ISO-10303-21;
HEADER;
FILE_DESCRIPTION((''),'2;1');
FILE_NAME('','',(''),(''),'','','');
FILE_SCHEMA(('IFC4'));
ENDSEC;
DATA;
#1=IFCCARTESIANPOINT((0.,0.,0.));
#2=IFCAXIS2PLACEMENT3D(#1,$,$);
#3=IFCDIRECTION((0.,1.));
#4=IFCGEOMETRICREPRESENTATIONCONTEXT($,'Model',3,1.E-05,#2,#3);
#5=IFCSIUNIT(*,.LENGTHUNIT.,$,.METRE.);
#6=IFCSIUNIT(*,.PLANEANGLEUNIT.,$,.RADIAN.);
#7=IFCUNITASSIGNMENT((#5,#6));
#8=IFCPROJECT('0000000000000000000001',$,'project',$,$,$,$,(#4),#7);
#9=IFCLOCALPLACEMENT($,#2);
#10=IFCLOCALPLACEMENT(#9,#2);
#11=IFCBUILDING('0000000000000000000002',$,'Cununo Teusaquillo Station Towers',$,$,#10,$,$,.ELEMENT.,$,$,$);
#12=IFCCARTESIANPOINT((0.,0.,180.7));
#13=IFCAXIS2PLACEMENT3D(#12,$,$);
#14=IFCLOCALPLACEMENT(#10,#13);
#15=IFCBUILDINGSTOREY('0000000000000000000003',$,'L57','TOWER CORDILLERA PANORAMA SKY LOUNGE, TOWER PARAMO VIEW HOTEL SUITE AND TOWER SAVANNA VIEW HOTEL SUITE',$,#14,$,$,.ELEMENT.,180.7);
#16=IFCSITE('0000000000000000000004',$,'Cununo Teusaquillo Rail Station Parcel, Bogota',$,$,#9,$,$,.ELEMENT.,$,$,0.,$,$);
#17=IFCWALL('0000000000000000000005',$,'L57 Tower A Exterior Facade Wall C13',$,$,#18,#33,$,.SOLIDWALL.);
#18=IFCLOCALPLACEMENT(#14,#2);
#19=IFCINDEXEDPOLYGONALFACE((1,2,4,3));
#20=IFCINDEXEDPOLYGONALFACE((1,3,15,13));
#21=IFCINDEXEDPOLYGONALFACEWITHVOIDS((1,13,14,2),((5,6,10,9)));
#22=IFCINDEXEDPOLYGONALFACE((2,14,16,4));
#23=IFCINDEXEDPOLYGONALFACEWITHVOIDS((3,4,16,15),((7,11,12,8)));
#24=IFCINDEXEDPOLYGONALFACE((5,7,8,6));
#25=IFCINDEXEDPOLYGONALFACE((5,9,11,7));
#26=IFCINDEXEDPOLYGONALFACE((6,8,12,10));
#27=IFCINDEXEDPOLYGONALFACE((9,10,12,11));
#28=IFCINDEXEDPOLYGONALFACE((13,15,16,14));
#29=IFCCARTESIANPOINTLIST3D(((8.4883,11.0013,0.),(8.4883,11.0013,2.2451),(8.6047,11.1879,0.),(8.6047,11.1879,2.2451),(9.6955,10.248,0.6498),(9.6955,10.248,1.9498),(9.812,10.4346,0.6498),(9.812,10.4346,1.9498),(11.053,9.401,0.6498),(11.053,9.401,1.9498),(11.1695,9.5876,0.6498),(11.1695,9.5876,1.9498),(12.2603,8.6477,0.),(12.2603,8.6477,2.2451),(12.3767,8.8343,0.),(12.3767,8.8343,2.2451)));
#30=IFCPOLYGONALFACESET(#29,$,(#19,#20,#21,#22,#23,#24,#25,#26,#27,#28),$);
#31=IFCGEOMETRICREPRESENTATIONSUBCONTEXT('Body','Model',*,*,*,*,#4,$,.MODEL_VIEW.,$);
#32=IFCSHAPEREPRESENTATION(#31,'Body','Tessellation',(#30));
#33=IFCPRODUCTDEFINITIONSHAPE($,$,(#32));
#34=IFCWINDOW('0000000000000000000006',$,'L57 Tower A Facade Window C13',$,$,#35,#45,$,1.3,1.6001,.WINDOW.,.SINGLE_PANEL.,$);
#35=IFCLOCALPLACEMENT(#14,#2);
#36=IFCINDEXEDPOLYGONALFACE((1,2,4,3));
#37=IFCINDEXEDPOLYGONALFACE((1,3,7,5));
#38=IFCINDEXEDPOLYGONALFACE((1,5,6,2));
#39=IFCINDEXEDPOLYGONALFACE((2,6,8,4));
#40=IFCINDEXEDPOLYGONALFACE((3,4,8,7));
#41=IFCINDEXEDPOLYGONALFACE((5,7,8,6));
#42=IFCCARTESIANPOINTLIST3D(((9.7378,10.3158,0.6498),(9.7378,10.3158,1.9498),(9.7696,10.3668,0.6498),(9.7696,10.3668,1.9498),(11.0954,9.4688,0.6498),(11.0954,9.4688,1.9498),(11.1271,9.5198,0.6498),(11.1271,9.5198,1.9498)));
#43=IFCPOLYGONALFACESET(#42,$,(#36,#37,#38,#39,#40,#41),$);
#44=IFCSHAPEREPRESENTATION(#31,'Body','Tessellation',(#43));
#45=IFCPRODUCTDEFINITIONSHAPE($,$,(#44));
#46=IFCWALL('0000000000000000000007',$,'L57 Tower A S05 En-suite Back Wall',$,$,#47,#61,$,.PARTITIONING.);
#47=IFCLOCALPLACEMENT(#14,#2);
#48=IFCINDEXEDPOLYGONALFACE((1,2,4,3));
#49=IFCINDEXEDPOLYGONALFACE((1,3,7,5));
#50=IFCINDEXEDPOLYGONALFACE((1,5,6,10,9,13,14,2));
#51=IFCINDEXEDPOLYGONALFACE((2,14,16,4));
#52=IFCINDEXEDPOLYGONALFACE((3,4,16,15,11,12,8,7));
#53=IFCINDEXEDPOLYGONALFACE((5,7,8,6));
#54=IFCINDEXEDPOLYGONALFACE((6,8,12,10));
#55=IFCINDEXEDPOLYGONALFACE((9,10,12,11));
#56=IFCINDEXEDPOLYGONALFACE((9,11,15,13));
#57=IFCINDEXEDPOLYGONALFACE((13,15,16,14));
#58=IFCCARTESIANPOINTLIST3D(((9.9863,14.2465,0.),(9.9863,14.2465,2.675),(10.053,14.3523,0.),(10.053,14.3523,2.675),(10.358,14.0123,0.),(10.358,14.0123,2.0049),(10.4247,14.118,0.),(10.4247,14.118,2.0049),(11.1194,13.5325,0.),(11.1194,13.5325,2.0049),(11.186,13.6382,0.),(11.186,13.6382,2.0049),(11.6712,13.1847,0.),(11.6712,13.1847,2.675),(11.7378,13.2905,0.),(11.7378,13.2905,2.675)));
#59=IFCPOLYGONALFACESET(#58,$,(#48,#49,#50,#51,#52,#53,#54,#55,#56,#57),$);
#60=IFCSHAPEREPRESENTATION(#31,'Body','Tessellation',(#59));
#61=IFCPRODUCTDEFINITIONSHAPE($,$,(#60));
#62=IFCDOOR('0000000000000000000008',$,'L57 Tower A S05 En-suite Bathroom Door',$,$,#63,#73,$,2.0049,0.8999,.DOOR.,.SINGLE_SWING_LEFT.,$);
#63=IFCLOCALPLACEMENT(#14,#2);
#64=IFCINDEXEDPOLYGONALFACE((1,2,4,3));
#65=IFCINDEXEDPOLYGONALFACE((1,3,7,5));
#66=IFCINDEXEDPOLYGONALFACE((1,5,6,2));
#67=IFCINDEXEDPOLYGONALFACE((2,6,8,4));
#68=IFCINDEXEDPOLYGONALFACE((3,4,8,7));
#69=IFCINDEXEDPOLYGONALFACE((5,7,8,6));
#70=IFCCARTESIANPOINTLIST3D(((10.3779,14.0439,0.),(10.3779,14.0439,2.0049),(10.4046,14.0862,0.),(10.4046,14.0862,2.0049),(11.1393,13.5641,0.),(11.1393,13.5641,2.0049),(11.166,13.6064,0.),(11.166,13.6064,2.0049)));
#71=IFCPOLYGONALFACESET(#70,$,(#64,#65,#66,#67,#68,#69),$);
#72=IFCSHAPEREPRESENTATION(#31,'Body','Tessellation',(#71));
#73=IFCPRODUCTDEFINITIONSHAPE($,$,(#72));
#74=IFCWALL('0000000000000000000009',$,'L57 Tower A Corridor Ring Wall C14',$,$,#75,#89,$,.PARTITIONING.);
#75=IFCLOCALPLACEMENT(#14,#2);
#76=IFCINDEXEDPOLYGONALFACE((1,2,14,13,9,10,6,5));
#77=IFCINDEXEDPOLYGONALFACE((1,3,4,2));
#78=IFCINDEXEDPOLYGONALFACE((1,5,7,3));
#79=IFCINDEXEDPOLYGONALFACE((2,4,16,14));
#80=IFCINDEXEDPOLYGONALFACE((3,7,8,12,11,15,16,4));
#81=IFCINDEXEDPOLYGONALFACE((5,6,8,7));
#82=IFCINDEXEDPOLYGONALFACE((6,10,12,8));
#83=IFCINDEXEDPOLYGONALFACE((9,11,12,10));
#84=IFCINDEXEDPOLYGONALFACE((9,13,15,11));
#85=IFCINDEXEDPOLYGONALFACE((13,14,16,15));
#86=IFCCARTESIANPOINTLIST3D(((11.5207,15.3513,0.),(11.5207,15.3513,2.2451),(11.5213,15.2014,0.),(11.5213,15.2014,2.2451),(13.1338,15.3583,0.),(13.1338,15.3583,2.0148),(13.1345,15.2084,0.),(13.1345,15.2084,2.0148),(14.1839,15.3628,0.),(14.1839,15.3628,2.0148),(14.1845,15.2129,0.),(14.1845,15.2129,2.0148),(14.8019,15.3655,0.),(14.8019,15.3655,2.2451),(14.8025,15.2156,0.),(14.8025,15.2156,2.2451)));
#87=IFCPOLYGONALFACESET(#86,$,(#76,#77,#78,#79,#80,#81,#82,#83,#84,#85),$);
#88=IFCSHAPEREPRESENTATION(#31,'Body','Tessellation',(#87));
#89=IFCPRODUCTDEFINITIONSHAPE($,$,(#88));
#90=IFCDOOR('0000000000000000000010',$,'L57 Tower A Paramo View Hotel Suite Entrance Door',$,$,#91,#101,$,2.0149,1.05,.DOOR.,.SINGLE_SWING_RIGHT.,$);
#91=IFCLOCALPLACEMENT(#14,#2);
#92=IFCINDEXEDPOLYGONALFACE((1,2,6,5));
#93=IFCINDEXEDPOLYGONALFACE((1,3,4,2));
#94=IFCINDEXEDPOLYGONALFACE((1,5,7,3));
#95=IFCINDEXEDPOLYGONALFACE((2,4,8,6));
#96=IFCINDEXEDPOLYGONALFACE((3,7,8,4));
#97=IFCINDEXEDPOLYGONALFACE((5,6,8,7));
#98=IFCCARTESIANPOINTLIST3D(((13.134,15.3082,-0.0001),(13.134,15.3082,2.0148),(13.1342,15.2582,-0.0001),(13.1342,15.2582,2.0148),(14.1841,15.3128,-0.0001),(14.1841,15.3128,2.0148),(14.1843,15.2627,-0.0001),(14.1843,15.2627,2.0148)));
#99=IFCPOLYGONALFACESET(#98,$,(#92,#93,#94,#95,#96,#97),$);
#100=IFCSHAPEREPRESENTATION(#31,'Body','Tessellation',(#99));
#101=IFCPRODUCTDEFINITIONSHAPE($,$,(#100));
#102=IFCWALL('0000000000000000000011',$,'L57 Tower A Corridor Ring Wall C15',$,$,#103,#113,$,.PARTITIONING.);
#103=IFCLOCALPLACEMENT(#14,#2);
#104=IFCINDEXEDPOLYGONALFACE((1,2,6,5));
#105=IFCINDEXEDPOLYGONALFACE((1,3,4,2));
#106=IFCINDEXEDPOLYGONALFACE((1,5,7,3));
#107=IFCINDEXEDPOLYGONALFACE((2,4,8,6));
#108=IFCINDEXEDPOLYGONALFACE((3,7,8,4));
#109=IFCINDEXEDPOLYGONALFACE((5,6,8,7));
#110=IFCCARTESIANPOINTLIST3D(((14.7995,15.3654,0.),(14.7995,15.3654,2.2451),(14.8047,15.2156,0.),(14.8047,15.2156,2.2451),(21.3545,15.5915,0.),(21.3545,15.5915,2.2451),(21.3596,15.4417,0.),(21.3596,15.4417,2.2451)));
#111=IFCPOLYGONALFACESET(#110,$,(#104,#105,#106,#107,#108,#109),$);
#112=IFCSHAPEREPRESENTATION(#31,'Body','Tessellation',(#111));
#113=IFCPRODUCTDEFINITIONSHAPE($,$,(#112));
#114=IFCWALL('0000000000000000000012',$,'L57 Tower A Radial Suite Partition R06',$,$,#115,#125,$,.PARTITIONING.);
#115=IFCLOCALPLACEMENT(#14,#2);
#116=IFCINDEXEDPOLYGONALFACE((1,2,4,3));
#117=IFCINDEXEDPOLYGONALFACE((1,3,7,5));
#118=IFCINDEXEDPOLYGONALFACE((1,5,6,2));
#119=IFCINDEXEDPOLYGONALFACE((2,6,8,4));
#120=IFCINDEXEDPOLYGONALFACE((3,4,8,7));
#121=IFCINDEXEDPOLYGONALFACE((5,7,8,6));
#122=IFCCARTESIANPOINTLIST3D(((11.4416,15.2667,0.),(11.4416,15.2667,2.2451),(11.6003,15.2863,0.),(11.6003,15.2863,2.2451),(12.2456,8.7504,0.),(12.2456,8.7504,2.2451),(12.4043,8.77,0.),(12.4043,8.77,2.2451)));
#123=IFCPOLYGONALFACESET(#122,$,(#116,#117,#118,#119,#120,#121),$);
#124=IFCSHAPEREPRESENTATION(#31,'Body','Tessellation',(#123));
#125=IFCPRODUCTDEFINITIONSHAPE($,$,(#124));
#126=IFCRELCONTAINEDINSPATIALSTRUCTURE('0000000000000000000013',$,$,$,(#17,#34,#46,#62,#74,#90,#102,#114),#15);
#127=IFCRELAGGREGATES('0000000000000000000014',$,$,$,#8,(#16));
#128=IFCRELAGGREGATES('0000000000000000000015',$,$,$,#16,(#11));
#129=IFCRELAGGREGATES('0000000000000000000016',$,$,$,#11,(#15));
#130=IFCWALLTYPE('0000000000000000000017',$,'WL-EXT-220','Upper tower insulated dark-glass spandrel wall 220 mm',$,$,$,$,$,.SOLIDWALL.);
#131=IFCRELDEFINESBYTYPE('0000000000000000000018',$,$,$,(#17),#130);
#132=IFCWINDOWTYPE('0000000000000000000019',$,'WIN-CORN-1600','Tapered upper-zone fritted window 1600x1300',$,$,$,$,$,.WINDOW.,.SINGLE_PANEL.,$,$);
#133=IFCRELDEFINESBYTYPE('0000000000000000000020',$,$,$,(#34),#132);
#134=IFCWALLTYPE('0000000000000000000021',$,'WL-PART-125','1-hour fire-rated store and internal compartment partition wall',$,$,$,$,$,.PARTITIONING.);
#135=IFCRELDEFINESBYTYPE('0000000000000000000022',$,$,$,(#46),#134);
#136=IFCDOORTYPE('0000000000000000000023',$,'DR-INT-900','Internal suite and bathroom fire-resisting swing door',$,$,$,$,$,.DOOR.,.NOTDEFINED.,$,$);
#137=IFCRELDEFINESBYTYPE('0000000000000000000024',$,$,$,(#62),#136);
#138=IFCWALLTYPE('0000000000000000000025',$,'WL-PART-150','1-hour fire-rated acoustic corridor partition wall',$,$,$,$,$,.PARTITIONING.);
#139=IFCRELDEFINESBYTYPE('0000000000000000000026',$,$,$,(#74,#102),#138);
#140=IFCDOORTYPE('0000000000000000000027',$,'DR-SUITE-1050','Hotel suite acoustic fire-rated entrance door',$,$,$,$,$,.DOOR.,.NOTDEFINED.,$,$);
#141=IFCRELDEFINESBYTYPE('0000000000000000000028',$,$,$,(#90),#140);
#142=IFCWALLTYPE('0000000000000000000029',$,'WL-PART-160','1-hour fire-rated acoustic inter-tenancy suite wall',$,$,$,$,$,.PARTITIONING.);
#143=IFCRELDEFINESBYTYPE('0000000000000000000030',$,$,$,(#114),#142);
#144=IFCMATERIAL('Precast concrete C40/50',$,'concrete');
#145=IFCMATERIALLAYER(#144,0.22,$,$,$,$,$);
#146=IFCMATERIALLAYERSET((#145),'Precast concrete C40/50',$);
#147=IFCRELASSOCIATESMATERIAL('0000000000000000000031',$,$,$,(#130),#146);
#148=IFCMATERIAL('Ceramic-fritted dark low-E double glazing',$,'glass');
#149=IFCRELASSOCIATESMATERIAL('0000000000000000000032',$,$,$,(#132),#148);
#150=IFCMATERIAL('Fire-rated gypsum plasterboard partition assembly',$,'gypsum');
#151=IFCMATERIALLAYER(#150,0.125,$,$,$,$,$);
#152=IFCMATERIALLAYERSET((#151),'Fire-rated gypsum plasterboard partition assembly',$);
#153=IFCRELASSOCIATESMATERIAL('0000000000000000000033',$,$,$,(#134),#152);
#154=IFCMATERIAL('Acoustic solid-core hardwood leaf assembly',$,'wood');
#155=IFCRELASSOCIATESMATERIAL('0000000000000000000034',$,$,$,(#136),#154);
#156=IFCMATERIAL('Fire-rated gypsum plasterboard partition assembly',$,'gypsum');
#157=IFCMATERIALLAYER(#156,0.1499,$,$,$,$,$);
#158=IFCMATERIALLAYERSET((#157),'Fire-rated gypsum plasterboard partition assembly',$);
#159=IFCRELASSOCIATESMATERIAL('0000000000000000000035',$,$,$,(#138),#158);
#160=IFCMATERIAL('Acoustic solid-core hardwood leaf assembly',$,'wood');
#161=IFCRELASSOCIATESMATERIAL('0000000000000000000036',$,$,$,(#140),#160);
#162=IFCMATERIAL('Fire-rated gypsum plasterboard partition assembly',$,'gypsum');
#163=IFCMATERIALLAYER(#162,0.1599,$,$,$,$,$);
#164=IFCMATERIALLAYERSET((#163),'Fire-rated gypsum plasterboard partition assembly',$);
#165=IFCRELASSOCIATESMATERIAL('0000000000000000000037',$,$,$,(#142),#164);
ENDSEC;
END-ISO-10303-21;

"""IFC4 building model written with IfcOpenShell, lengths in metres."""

from ifc_helpers import new_model, si_unit, direction, frame, frame_2d, origin, place, context, subcontext, project, spatial, rectangle, extrude, source, transform, mapped, material, layer, layer_set, type_object, element, fill, save


model = new_model("IFC4")

# Units and contexts
model_context = context("Model", 3, precision=1e-05, world=origin(), true_north=direction((0.0, 1.0)))
body_context = subcontext(model_context, "Body", "Model", "MODEL_VIEW")
ifc_project = project(units=[si_unit("LENGTHUNIT", "METRE"), si_unit("PLANEANGLEUNIT", "RADIAN")], contexts=[model_context])

# Site, building, storey
site_placement = place(None, origin())
site = spatial("IfcSite", under=ifc_project, at=site_placement, Name="Cununo Teusaquillo Rail Station Parcel, Bogota", CompositionType="ELEMENT", RefElevation=0.0)
building_placement = place(site_placement, origin())
building = spatial("IfcBuilding", under=site, at=building_placement, Name="Cununo Teusaquillo Station Towers", CompositionType="ELEMENT")
storey_placement = place(building_placement, frame((0.0, 0.0, 180.7)))
storey = spatial("IfcBuildingStorey", under=building, at=storey_placement, Name="L57", Description="TOWER CORDILLERA PANORAMA SKY LOUNGE, TOWER PARAMO VIEW HOTEL SUITE AND TOWER SAVANNA VIEW HOTEL SUITE", CompositionType="ELEMENT", Elevation=180.7)

# Shared definitions
ifc_material_1 = material(Name="Precast concrete C40/50", Category="concrete")
ifc_layer_1 = layer(ifc_material_1, 0.22)
ifc_layer_set_1 = layer_set([ifc_layer_1], Name="Precast concrete C40/50")
wall_type_1 = type_object("IfcWallType", Name="WL-EXT-220", Description="Upper tower insulated dark-glass spandrel wall 220 mm", PredefinedType="SOLIDWALL", material=ifc_layer_set_1)
shared_shape_1 = source(origin(), body_context, "Body", "SweptSolid", [
    extrude(rectangle(XDim=1.6001, YDim=1.3, at=frame_2d((0.8, 0.6499))), frame((0.0, 0.1199, 0.0), z_axis=(0.0, -1.0, 0.0), x_axis=(1.0, 0.0, 0.0)), (0.0, 0.0, 1.0), 0.24),
])
ifc_material_2 = material(Name="Ceramic-fritted dark low-E double glazing", Category="glass")
window_type = type_object("IfcWindowType", Name="WIN-CORN-1600", Description="Tapered upper-zone fritted window 1600x1300", PartitioningType="SINGLE_PANEL", PredefinedType="WINDOW", material=ifc_material_2)
shared_shape_2 = source(origin(), body_context, "Body", "SweptSolid", [
    extrude(rectangle(XDim=1.6001, YDim=1.3, at=frame_2d((0.8, 0.6499))), frame((0.0, 0.03, 0.0), z_axis=(0.0, -1.0, 0.0), x_axis=(1.0, 0.0, 0.0)), (0.0, 0.0, 1.0), 0.0601),
])

# Wall, opening, window
wall_1_placement = place(storey_placement, frame((12.3186, 8.741, 0.0), z_axis=(0.0, 0.0, 1.0), x_axis=(-0.848399, 0.529357, 0.0)))
wall_1 = element("IfcWall", 1, at=wall_1_placement, inside=storey, type_object=wall_type_1, Name="L57 Tower A Exterior Facade Wall C13", PredefinedType="SOLIDWALL", context=body_context, shape_type="SweptSolid", body=[
    extrude(rectangle(XDim=4.446, YDim=0.22, at=frame_2d((2.2231, 0.0))), origin(), (0.0, 0.0, 1.0), 2.2451),
])
opening_1_placement = place(wall_1_placement, frame((1.4231, 0.0, 0.6499)))
opening_1 = element("IfcOpeningElement", 2, at=opening_1_placement, cuts=wall_1, PredefinedType="OPENING", context=body_context, shape_type="MappedRepresentation", body=[
    mapped(shared_shape_1, transform((0.0, 0.0, 0.0), x_axis=(1.0, 0.0, 0.0), y_axis=(0.0, 1.0, 0.0), z_axis=(0.0, 0.0, 1.0), scale=1.0)),
])
window_1_placement = place(opening_1_placement, origin())
window_1 = element("IfcWindow", 3, at=window_1_placement, inside=storey, type_object=window_type, Name="L57 Tower A Facade Window C13", OverallHeight=1.3, OverallWidth=1.6001, PartitioningType="SINGLE_PANEL", PredefinedType="WINDOW", context=body_context, shape_type="MappedRepresentation", body=[
    mapped(shared_shape_2, transform((0.0, 0.0, 0.0), x_axis=(1.0, 0.0, 0.0), y_axis=(0.0, 1.0, 0.0), z_axis=(0.0, 0.0, 1.0), scale=1.0)),
])
fill(opening_1, window_1)

# Walls, openings, doors
ifc_material_3 = material(Name="Fire-rated gypsum plasterboard partition assembly", Category="gypsum")
ifc_layer_2 = layer(ifc_material_3, 0.125)
ifc_layer_set_2 = layer_set([ifc_layer_2], Name="Fire-rated gypsum plasterboard partition assembly")
wall_type_2 = type_object("IfcWallType", Name="WL-PART-125", Description="1-hour fire-rated store and internal compartment partition wall", PredefinedType="PARTITIONING", material=ifc_layer_set_2)
wall_2_placement = place(storey_placement, frame((10.0198, 14.2993, 0.0), z_axis=(0.0, 0.0, 1.0), x_axis=(0.846016, -0.533158, 0.0)))
wall_2 = element("IfcWall", 4, at=wall_2_placement, inside=storey, type_object=wall_type_2, Name="L57 Tower A S05 En-suite Back Wall", PredefinedType="PARTITIONING", context=body_context, shape_type="SweptSolid", body=[
    extrude(rectangle(XDim=1.9915, YDim=0.125, at=frame_2d((0.9956, 0.0))), origin(), (0.0, 0.0, 1.0), 2.675),
])
shared_shape_3 = source(origin(), body_context, "Body", "SweptSolid", [
    extrude(rectangle(XDim=0.8999, YDim=2.0049, at=frame_2d((0.45, 1.0024))), frame((0.0, 0.0725, 0.0), z_axis=(0.0, -1.0, 0.0), x_axis=(1.0, 0.0, 0.0)), (0.0, 0.0, 1.0), 0.145),
])
opening_2_placement = place(wall_2_placement, frame((0.4392, 0.0, 0.0)))
opening_2 = element("IfcOpeningElement", 5, at=opening_2_placement, cuts=wall_2, PredefinedType="OPENING", context=body_context, shape_type="MappedRepresentation", body=[
    mapped(shared_shape_3, transform((0.0, 0.0, 0.0), x_axis=(1.0, 0.0, 0.0), y_axis=(0.0, 1.0, 0.0), z_axis=(0.0, 0.0, 1.0), scale=1.0)),
])
ifc_material_4 = material(Name="Acoustic solid-core hardwood leaf assembly", Category="wood")
door_type_1 = type_object("IfcDoorType", Name="DR-INT-900", Description="Internal suite and bathroom fire-resisting swing door", OperationType="NOTDEFINED", PredefinedType="DOOR", material=ifc_material_4)
shared_shape_4 = source(origin(), body_context, "Body", "SweptSolid", [
    extrude(rectangle(XDim=0.8999, YDim=2.0049, at=frame_2d((0.45, 1.0024))), frame((0.0, 0.0249, 0.0), z_axis=(0.0, -1.0, 0.0), x_axis=(1.0, 0.0, 0.0)), (0.0, 0.0, 1.0), 0.05),
])
door_1_placement = place(opening_2_placement, origin())
door_1 = element("IfcDoor", 6, at=door_1_placement, inside=storey, type_object=door_type_1, Name="L57 Tower A S05 En-suite Bathroom Door", OperationType="SINGLE_SWING_LEFT", OverallHeight=2.0049, OverallWidth=0.8999, PredefinedType="DOOR", context=body_context, shape_type="MappedRepresentation", body=[
    mapped(shared_shape_4, transform((0.0, 0.0, 0.0), x_axis=(1.0, 0.0, 0.0), y_axis=(0.0, 1.0, 0.0), z_axis=(0.0, 0.0, 1.0), scale=1.0)),
])
fill(opening_2, door_1)
ifc_material_5 = material(Name="Fire-rated gypsum plasterboard partition assembly", Category="gypsum")
ifc_layer_3 = layer(ifc_material_5, 0.1499)
ifc_layer_set_3 = layer_set([ifc_layer_3], Name="Fire-rated gypsum plasterboard partition assembly")
wall_type_3 = type_object("IfcWallType", Name="WL-PART-150", Description="1-hour fire-rated acoustic corridor partition wall", PredefinedType="PARTITIONING", material=ifc_layer_set_3)
wall_3_placement = place(storey_placement, frame((11.521, 15.2764, 0.0), z_axis=(0.0, 0.0, 1.0), x_axis=(0.999991, 0.004315, 0.0)))
wall_3 = element("IfcWall", 7, at=wall_3_placement, inside=storey, type_object=wall_type_3, Name="L57 Tower A Corridor Ring Wall C14", PredefinedType="PARTITIONING", context=body_context, shape_type="SweptSolid", body=[
    extrude(rectangle(XDim=3.2812, YDim=0.1499, at=frame_2d((1.6406, 0.0))), origin(), (0.0, 0.0, 1.0), 2.2451),
])
shared_shape_5 = source(origin(), body_context, "Body", "SweptSolid", [
    extrude(rectangle(XDim=1.05, YDim=2.0149, at=frame_2d((0.5249, 1.0073))), frame((0.0, 0.085, 0.0), z_axis=(0.0, -1.0, 0.0), x_axis=(1.0, 0.0, 0.0)), (0.0, 0.0, 1.0), 0.1699),
])
opening_3_placement = place(wall_3_placement, frame((1.6133, 0.0, 0.0)))
opening_3 = element("IfcOpeningElement", 8, at=opening_3_placement, cuts=wall_3, PredefinedType="OPENING", context=body_context, shape_type="MappedRepresentation", body=[
    mapped(shared_shape_5, transform((0.0, 0.0, 0.0), x_axis=(1.0, 0.0, 0.0), y_axis=(0.0, 1.0, 0.0), z_axis=(0.0, 0.0, 1.0), scale=1.0)),
])
ifc_material_6 = material(Name="Acoustic solid-core hardwood leaf assembly", Category="wood")
door_type_2 = type_object("IfcDoorType", Name="DR-SUITE-1050", Description="Hotel suite acoustic fire-rated entrance door", OperationType="NOTDEFINED", PredefinedType="DOOR", material=ifc_material_6)
shared_shape_6 = source(origin(), body_context, "Body", "SweptSolid", [
    extrude(rectangle(XDim=1.05, YDim=2.0149, at=frame_2d((0.5249, 1.0073))), frame((0.0, 0.0249, 0.0), z_axis=(0.0, -1.0, 0.0), x_axis=(1.0, 0.0, 0.0)), (0.0, 0.0, 1.0), 0.05),
])
door_2_placement = place(opening_3_placement, origin())
door_2 = element("IfcDoor", 9, at=door_2_placement, inside=storey, type_object=door_type_2, Name="L57 Tower A Paramo View Hotel Suite Entrance Door", OperationType="SINGLE_SWING_RIGHT", OverallHeight=2.0149, OverallWidth=1.05, PredefinedType="DOOR", context=body_context, shape_type="MappedRepresentation", body=[
    mapped(shared_shape_6, transform((0.0, 0.0, 0.0), x_axis=(1.0, 0.0, 0.0), y_axis=(0.0, 1.0, 0.0), z_axis=(0.0, 0.0, 1.0), scale=1.0)),
])
fill(opening_3, door_2)

# Walls
wall_4_placement = place(storey_placement, frame((14.8022, 15.2905, 0.0), z_axis=(0.0, 0.0, 1.0), x_axis=(0.999406, 0.034469, 0.0)))
element("IfcWall", 10, at=wall_4_placement, inside=storey, type_object=wall_type_3, Name="L57 Tower A Corridor Ring Wall C15", PredefinedType="PARTITIONING", context=body_context, shape_type="SweptSolid", body=[
    extrude(rectangle(XDim=6.5588, YDim=0.1499, at=frame_2d((3.2793, 0.0))), origin(), (0.0, 0.0, 1.0), 2.2451),
])
ifc_material_7 = material(Name="Fire-rated gypsum plasterboard partition assembly", Category="gypsum")
ifc_layer_4 = layer(ifc_material_7, 0.1599)
ifc_layer_set_4 = layer_set([ifc_layer_4], Name="Fire-rated gypsum plasterboard partition assembly")
wall_type_4 = type_object("IfcWallType", Name="WL-PART-160", Description="1-hour fire-rated acoustic inter-tenancy suite wall", PredefinedType="PARTITIONING", material=ifc_layer_set_4)
wall_5_placement = place(storey_placement, frame((11.521, 15.2764, 0.0), z_axis=(0.0, 0.0, 1.0), x_axis=(0.122447, -0.992475, 0.0)))
element("IfcWall", 11, at=wall_5_placement, inside=storey, type_object=wall_type_4, Name="L57 Tower A Radial Suite Partition R06", PredefinedType="PARTITIONING", context=body_context, shape_type="SweptSolid", body=[
    extrude(rectangle(XDim=6.5657, YDim=0.1599, at=frame_2d((3.2827, 0.0))), origin(), (0.0, 0.0, 1.0), 2.2451),
])

save(model, "model.ifc")
